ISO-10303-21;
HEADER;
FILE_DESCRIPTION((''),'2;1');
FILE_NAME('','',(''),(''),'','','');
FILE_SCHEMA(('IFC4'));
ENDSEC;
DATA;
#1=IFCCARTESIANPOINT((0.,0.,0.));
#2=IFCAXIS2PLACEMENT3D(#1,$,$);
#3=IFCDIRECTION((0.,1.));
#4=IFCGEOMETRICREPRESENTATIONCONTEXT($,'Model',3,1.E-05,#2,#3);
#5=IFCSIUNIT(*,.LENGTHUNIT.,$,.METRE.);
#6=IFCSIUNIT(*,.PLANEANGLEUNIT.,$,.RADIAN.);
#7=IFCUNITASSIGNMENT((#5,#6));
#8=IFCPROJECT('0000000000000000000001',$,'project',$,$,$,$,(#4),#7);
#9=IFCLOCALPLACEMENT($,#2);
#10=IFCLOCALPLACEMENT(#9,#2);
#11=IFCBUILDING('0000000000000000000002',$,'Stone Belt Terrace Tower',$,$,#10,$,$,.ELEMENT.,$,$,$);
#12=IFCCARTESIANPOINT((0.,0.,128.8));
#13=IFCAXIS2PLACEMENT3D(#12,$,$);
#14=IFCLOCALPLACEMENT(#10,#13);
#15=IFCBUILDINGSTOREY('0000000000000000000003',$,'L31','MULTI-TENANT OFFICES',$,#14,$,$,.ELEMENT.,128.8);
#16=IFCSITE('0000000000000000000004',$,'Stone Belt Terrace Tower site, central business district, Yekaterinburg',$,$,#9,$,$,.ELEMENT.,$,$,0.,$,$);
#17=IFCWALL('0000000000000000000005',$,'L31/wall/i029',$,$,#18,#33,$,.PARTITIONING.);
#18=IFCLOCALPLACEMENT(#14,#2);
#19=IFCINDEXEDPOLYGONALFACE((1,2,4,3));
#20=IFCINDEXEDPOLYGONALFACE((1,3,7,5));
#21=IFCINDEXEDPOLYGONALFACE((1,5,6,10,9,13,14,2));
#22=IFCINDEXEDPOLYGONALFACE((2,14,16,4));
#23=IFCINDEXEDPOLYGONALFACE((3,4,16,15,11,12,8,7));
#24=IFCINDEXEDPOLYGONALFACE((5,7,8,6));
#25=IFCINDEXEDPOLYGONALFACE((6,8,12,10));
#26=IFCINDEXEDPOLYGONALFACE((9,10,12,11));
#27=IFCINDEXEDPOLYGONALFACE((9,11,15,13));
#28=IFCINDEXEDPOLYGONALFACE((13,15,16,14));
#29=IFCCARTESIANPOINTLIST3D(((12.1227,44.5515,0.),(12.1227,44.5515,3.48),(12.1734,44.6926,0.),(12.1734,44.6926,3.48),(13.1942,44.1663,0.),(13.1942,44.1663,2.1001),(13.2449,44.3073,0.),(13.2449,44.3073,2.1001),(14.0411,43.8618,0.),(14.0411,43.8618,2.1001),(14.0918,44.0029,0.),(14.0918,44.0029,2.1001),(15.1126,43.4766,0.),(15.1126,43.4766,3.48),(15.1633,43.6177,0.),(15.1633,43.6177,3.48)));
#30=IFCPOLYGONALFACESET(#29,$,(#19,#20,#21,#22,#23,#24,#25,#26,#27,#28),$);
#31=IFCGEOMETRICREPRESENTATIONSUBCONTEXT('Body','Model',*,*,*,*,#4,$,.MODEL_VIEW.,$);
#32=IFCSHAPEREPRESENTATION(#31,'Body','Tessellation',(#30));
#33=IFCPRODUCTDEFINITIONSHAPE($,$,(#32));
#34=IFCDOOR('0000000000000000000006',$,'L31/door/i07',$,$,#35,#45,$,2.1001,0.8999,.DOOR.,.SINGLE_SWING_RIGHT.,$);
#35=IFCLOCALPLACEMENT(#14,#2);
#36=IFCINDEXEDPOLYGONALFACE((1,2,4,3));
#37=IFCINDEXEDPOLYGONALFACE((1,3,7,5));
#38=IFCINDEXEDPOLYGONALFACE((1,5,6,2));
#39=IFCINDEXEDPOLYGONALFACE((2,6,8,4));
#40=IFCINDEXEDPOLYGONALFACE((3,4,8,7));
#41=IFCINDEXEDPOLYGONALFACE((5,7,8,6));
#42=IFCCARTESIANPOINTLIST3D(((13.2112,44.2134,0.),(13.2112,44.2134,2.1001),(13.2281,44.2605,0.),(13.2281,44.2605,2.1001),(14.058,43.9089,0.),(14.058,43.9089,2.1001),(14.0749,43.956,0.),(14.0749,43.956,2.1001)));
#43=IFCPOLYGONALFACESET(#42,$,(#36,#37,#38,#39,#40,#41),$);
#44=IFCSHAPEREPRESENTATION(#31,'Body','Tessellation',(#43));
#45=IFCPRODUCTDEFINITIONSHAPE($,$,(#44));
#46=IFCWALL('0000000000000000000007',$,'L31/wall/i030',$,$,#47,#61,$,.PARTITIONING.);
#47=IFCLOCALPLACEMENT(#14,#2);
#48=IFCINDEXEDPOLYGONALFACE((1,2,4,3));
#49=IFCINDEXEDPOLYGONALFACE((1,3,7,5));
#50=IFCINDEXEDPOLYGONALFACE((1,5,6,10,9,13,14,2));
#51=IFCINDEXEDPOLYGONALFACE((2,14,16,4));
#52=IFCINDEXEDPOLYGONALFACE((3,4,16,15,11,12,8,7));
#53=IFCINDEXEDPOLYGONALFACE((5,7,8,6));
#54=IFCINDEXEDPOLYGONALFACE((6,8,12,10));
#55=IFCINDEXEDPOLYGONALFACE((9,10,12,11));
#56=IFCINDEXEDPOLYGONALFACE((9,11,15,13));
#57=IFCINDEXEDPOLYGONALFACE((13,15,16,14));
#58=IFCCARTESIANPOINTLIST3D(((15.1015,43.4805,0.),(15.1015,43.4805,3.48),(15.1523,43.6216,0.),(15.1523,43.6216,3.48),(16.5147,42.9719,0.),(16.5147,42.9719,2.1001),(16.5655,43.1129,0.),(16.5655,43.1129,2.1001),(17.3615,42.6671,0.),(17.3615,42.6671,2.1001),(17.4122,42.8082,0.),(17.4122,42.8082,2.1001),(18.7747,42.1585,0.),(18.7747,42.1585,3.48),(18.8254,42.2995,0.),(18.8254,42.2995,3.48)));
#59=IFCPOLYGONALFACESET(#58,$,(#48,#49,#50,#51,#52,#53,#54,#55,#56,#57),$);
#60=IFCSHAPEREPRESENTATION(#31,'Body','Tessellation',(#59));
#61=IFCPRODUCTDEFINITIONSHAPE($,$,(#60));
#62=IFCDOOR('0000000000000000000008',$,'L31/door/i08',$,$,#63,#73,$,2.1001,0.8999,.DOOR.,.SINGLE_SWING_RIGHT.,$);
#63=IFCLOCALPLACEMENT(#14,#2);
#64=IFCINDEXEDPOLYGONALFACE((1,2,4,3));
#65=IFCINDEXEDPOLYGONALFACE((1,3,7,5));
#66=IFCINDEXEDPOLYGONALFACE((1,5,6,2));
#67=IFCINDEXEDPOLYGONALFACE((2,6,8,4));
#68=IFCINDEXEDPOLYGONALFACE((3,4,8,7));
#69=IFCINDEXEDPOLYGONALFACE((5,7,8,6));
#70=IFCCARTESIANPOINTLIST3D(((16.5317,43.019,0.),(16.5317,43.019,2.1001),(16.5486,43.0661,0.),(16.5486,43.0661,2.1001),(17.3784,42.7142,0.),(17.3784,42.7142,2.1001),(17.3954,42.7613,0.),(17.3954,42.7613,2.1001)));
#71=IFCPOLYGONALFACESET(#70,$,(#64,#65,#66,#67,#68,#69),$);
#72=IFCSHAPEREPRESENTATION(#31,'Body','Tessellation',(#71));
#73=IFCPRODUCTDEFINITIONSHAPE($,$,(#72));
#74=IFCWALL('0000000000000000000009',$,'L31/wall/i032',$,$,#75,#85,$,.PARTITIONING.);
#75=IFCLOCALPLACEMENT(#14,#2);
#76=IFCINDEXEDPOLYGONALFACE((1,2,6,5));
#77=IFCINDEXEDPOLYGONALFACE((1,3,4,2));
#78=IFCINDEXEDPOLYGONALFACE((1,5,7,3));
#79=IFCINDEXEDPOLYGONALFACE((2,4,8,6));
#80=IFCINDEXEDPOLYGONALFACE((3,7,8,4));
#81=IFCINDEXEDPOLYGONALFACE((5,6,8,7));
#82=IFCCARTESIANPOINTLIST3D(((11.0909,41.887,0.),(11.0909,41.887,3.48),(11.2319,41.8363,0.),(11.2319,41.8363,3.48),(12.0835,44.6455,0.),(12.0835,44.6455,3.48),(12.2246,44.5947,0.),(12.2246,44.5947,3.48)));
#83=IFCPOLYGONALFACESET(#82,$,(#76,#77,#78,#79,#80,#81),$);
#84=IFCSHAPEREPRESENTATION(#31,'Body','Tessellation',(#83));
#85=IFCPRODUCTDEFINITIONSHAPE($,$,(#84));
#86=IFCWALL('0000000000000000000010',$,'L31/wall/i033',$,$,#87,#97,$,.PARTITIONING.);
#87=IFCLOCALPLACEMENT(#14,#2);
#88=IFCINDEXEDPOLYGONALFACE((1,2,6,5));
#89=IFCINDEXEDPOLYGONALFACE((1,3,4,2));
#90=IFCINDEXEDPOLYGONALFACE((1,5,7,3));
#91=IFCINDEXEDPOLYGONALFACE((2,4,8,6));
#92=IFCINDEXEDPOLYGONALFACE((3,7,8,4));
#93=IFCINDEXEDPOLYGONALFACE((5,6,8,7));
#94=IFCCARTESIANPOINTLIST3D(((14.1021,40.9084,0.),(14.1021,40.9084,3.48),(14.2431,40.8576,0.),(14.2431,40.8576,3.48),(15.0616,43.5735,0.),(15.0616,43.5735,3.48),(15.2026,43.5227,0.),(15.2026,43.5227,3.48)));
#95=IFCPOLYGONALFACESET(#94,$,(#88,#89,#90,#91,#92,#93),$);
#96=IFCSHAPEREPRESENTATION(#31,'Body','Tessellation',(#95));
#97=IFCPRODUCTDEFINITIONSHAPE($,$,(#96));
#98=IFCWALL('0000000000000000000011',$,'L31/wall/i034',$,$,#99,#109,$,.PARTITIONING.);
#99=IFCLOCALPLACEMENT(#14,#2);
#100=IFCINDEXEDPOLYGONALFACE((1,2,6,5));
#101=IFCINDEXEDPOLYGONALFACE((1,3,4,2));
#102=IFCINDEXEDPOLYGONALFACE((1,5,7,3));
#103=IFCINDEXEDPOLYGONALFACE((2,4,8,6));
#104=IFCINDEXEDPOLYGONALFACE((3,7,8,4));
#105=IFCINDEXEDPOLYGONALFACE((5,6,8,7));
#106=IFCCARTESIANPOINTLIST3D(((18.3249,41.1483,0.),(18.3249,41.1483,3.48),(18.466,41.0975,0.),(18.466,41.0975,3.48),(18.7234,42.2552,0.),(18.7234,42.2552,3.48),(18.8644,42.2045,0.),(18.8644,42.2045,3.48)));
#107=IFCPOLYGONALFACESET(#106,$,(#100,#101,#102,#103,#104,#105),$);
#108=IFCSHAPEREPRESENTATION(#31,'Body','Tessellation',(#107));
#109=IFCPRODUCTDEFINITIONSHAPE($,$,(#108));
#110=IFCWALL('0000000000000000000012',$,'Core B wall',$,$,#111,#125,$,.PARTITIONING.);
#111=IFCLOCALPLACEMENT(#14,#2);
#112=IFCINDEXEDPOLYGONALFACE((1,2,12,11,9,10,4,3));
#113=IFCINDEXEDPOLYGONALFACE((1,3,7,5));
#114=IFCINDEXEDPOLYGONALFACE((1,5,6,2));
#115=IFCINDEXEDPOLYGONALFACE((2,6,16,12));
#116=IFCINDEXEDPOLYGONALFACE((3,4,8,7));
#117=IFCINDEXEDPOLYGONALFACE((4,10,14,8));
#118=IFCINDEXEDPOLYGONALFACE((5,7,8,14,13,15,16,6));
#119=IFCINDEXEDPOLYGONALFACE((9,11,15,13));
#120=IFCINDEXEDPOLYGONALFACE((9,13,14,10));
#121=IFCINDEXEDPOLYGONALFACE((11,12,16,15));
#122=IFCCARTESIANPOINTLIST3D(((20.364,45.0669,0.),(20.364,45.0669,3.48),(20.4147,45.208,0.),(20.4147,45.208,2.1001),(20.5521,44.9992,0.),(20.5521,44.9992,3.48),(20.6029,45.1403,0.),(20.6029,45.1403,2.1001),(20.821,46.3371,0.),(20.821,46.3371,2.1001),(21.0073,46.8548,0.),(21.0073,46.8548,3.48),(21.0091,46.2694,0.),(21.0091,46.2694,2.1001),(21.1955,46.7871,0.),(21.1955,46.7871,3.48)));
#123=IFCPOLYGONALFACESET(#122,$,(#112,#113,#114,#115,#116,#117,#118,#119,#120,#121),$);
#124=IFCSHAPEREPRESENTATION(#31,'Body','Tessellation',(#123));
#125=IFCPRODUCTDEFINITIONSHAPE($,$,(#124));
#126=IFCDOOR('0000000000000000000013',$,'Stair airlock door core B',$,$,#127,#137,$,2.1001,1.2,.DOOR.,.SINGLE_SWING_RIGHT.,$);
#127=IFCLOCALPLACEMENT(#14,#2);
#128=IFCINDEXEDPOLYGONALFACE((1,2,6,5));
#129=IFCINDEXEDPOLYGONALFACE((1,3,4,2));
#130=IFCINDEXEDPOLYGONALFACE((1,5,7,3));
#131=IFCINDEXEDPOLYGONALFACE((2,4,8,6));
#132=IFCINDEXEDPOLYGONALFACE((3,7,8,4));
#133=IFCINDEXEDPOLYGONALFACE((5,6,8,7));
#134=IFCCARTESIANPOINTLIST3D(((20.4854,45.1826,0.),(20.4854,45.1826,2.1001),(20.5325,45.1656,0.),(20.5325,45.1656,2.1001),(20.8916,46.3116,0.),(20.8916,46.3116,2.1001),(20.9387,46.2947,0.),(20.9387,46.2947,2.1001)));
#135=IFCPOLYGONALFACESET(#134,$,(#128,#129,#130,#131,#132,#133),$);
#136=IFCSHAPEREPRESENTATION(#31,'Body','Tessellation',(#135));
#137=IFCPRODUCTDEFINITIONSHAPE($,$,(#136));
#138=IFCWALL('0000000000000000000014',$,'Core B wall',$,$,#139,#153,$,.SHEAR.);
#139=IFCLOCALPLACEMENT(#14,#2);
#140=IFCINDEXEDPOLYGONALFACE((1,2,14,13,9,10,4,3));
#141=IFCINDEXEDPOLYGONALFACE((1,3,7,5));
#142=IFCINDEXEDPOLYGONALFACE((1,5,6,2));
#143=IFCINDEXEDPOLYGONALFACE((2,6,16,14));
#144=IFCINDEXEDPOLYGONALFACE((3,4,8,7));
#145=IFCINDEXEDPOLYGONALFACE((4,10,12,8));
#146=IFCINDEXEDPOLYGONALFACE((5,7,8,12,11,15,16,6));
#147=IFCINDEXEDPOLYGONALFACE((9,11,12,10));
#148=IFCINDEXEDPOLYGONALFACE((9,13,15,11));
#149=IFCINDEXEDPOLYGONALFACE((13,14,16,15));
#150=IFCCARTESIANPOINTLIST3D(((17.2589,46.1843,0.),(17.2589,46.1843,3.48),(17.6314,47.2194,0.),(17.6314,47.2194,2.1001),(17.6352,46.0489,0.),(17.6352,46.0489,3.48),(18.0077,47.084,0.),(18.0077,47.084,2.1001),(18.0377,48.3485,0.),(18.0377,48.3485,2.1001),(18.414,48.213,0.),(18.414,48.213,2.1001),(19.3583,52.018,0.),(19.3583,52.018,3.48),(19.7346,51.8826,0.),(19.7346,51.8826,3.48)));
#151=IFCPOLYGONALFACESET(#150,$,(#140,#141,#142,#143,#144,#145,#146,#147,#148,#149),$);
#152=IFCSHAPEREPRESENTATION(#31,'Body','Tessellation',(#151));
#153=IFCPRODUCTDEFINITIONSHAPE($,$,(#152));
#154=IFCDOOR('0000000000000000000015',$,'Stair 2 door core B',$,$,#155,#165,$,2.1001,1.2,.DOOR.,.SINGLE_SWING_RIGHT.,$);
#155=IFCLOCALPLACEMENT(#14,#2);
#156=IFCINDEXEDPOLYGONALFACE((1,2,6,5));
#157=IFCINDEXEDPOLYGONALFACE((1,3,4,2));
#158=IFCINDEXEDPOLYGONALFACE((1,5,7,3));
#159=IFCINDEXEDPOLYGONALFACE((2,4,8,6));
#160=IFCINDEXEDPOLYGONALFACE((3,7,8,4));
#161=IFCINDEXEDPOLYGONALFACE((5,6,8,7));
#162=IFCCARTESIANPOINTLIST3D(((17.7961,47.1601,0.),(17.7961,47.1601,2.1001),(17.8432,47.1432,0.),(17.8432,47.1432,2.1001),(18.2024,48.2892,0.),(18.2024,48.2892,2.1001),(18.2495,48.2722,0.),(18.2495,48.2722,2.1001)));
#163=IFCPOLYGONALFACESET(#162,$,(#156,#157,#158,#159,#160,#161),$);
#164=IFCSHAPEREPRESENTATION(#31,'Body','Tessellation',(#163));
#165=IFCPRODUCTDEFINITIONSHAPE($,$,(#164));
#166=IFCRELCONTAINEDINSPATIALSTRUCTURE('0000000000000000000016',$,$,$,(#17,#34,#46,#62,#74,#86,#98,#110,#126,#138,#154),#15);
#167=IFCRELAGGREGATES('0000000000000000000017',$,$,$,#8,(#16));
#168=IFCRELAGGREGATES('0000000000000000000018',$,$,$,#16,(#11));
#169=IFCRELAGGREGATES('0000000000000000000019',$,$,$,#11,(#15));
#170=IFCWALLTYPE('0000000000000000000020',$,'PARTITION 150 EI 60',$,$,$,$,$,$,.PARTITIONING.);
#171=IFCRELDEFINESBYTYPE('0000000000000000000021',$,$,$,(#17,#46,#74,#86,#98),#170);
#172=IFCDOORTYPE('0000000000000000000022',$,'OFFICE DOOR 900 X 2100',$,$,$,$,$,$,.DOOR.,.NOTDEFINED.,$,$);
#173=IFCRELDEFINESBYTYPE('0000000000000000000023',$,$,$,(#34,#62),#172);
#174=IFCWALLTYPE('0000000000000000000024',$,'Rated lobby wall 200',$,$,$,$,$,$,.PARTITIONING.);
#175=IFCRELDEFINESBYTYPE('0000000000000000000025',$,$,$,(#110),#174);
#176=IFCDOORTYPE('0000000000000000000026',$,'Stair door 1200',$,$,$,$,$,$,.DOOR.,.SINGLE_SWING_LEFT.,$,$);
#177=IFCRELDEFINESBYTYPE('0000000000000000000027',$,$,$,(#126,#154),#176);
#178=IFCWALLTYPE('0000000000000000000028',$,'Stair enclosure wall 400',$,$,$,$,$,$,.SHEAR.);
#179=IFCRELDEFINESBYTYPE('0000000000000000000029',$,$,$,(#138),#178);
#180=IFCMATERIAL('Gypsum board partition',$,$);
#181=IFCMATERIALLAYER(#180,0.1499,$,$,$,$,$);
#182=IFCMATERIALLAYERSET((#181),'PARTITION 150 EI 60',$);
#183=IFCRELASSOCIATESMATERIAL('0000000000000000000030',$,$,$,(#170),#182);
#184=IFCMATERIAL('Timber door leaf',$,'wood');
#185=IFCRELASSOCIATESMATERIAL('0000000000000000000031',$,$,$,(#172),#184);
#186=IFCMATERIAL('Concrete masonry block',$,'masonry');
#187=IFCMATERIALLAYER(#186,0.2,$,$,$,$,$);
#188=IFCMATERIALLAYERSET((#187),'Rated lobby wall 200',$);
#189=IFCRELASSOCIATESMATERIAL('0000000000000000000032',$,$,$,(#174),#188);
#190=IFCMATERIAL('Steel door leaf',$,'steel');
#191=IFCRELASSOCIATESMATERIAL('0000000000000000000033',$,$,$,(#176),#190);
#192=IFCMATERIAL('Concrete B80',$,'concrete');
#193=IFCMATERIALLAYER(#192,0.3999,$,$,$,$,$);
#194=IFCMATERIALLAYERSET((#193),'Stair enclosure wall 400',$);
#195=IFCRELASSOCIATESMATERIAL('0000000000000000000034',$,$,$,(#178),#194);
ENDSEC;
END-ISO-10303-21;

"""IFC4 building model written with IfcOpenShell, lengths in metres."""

from ifc_helpers import new_model, si_unit, direction, frame, frame_2d, origin, place, context, subcontext, project, spatial, rectangle, extrude, material, layer, layer_set, type_object, element, fill, save


model = new_model("IFC4")

# Units and contexts
model_context = context("Model", 3, precision=1e-05, world=origin(), true_north=direction((0.0, 1.0)))
body_context = subcontext(model_context, "Body", "Model", "MODEL_VIEW")
ifc_project = project(units=[si_unit("LENGTHUNIT", "METRE"), si_unit("PLANEANGLEUNIT", "RADIAN")], contexts=[model_context])

# Site, building, storey
site_placement = place(None, origin())
site = spatial("IfcSite", under=ifc_project, at=site_placement, Name="Stone Belt Terrace Tower site, central business district, Yekaterinburg", CompositionType="ELEMENT", RefElevation=0.0)
building_placement = place(site_placement, origin())
building = spatial("IfcBuilding", under=site, at=building_placement, Name="Stone Belt Terrace Tower", CompositionType="ELEMENT")
storey_placement = place(building_placement, frame((0.0, 0.0, 128.8)))
storey = spatial("IfcBuildingStorey", under=building, at=storey_placement, Name="L31", Description="MULTI-TENANT OFFICES", CompositionType="ELEMENT", Elevation=128.8)

# Shared definitions
ifc_material_1 = material(Name="Concrete B80", Category="concrete")

# Shared definitions
ifc_material_2 = material(Name="Gypsum board partition")
ifc_layer_1 = layer(ifc_material_2, 0.1499)
ifc_layer_set_1 = layer_set([ifc_layer_1], Name="PARTITION 150 EI 60")
wall_type_1 = type_object("IfcWallType", Name="PARTITION 150 EI 60", PredefinedType="PARTITIONING", material=ifc_layer_set_1)

# Walls, openings, doors
ifc_material_3 = material(Name="Timber door leaf", Category="wood")
door_type_1 = type_object("IfcDoorType", Name="OFFICE DOOR 900 X 2100", OperationType="NOTDEFINED", PredefinedType="DOOR", material=ifc_material_3)
wall_1_placement = place(storey_placement, frame((15.1379, 43.5471, 0.0), z_axis=(0.0, 0.0, 1.0), x_axis=(-0.941032, 0.338317, 0.0)))
wall_1 = element("IfcWall", 1, at=wall_1_placement, inside=storey, type_object=wall_type_1, Name="L31/wall/i029", PredefinedType="PARTITIONING", context=body_context, shape_type="SweptSolid", body=[
    extrude(rectangle(XDim=3.1772, YDim=0.1499, at=frame_2d((1.5886, 0.0))), origin(), (0.0, 0.0, 1.0), 3.48),
])
opening_1_placement = place(wall_1_placement, frame((1.1387, 0.0, 0.0)))
opening_1 = element("IfcOpeningElement", 2, at=opening_1_placement, cuts=wall_1, PredefinedType="OPENING", context=body_context, shape_type="SweptSolid", body=[
    extrude(rectangle(XDim=0.8999, YDim=2.1001, at=frame_2d((0.45, 1.05))), frame((0.0, 0.085, 0.0), z_axis=(0.0, -1.0, 0.0), x_axis=(1.0, 0.0, 0.0)), (0.0, 0.0, 1.0), 0.1699),
])
door_1_placement = place(opening_1_placement, origin())
door_1 = element("IfcDoor", 3, at=door_1_placement, inside=storey, type_object=door_type_1, Name="L31/door/i07", OperationType="SINGLE_SWING_RIGHT", OverallHeight=2.1001, OverallWidth=0.8999, PredefinedType="DOOR", context=body_context, shape_type="SweptSolid", body=[
    extrude(rectangle(XDim=0.8999, YDim=2.1001, at=frame_2d((0.45, 1.05))), frame((0.0, 0.0249, 0.0), z_axis=(0.0, -1.0, 0.0), x_axis=(1.0, 0.0, 0.0)), (0.0, 0.0, 1.0), 0.05),
])
fill(opening_1, door_1)
wall_2_placement = place(storey_placement, frame((18.8, 42.229, 0.0), z_axis=(0.0, 0.0, 1.0), x_axis=(-0.940911, 0.338653, 0.0)))
wall_2 = element("IfcWall", 4, at=wall_2_placement, inside=storey, type_object=wall_type_1, Name="L31/wall/i030", PredefinedType="PARTITIONING", context=body_context, shape_type="SweptSolid", body=[
    extrude(rectangle(XDim=3.9038, YDim=0.1499, at=frame_2d((1.9519, 0.0))), origin(), (0.0, 0.0, 1.0), 3.48),
])
opening_2_placement = place(wall_2_placement, frame((1.502, 0.0, 0.0)))
opening_2 = element("IfcOpeningElement", 5, at=opening_2_placement, cuts=wall_2, PredefinedType="OPENING", context=body_context, shape_type="SweptSolid", body=[
    extrude(rectangle(XDim=0.8999, YDim=2.1001, at=frame_2d((0.45, 1.05))), frame((0.0, 0.085, 0.0), z_axis=(0.0, -1.0, 0.0), x_axis=(1.0, 0.0, 0.0)), (0.0, 0.0, 1.0), 0.1699),
])
door_2_placement = place(opening_2_placement, origin())
door_2 = element("IfcDoor", 6, at=door_2_placement, inside=storey, type_object=door_type_1, Name="L31/door/i08", OperationType="SINGLE_SWING_RIGHT", OverallHeight=2.1001, OverallWidth=0.8999, PredefinedType="DOOR", context=body_context, shape_type="SweptSolid", body=[
    extrude(rectangle(XDim=0.8999, YDim=2.1001, at=frame_2d((0.45, 1.05))), frame((0.0, 0.0249, 0.0), z_axis=(0.0, -1.0, 0.0), x_axis=(1.0, 0.0, 0.0)), (0.0, 0.0, 1.0), 0.05),
])
fill(opening_2, door_2)

# Walls
wall_3_placement = place(storey_placement, frame((12.1541, 44.6201, 0.0), z_axis=(0.0, 0.0, 1.0), x_axis=(-0.338599, -0.940931, 0.0)))
element("IfcWall", 7, at=wall_3_placement, inside=storey, type_object=wall_type_1, Name="L31/wall/i032", PredefinedType="PARTITIONING", context=body_context, shape_type="SweptSolid", body=[
    extrude(rectangle(XDim=2.9316, YDim=0.1499, at=frame_2d((1.4658, 0.0))), origin(), (0.0, 0.0, 1.0), 3.48),
])
wall_4_placement = place(storey_placement, frame((15.1321, 43.5481, 0.0), z_axis=(0.0, 0.0, 1.0), x_axis=(-0.338738, -0.940881, 0.0)))
element("IfcWall", 8, at=wall_4_placement, inside=storey, type_object=wall_type_1, Name="L31/wall/i033", PredefinedType="PARTITIONING", context=body_context, shape_type="SweptSolid", body=[
    extrude(rectangle(XDim=2.8325, YDim=0.1499, at=frame_2d((1.4163, 0.0))), origin(), (0.0, 0.0, 1.0), 3.48),
])
wall_5_placement = place(storey_placement, frame((18.7939, 42.23, 0.0), z_axis=(0.0, 0.0, 1.0), x_axis=(-0.338675, -0.940903, 0.0)))
element("IfcWall", 9, at=wall_5_placement, inside=storey, type_object=wall_type_1, Name="L31/wall/i034", PredefinedType="PARTITIONING", context=body_context, shape_type="SweptSolid", body=[
    extrude(rectangle(XDim=1.1765, YDim=0.1499, at=frame_2d((0.5884, 0.0))), origin(), (0.0, 0.0, 1.0), 3.48),
])

# Walls, openings, doors
ifc_material_4 = material(Name="Concrete masonry block", Category="masonry")
ifc_layer_2 = layer(ifc_material_4, 0.2)
ifc_layer_set_2 = layer_set([ifc_layer_2], Name="Rated lobby wall 200")
wall_type_2 = type_object("IfcWallType", Name="Rated lobby wall 200", PredefinedType="PARTITIONING", material=ifc_layer_set_2)
wall_6_placement = place(storey_placement, frame((20.458, 45.033, 0.0), z_axis=(0.0, 0.0, 1.0), x_axis=(0.338574, 0.94094, 0.0)))
wall_6 = element("IfcWall", 10, at=wall_6_placement, inside=storey, type_object=wall_type_2, Name="Core B wall", PredefinedType="PARTITIONING", context=body_context, shape_type="SweptSolid", body=[
    extrude(rectangle(XDim=1.9001, YDim=0.2, at=frame_2d((0.9502, 0.0))), origin(), (0.0, 0.0, 1.0), 3.48),
])
opening_3_placement = place(wall_6_placement, frame((0.1499, 0.0, 0.0)))
opening_3 = element("IfcOpeningElement", 11, at=opening_3_placement, cuts=wall_6, PredefinedType="OPENING", context=body_context, shape_type="SweptSolid", body=[
    extrude(rectangle(XDim=1.2, YDim=2.1001, at=frame_2d((0.6001, 1.05))), frame((0.0, 0.1099, 0.0), z_axis=(0.0, -1.0, 0.0), x_axis=(1.0, 0.0, 0.0)), (0.0, 0.0, 1.0), 0.22),
])
ifc_material_5 = material(Name="Steel door leaf", Category="steel")
door_type_2 = type_object("IfcDoorType", Name="Stair door 1200", OperationType="SINGLE_SWING_LEFT", PredefinedType="DOOR", material=ifc_material_5)
door_3_placement = place(opening_3_placement, origin())
door_3 = element("IfcDoor", 12, at=door_3_placement, inside=storey, type_object=door_type_2, Name="Stair airlock door core B", OperationType="SINGLE_SWING_RIGHT", OverallHeight=2.1001, OverallWidth=1.2, PredefinedType="DOOR", context=body_context, shape_type="SweptSolid", body=[
    extrude(rectangle(XDim=1.2, YDim=2.1001, at=frame_2d((0.6001, 1.05))), frame((0.0, 0.0249, 0.0), z_axis=(0.0, -1.0, 0.0), x_axis=(1.0, 0.0, 0.0)), (0.0, 0.0, 1.0), 0.05),
])
fill(opening_3, door_3)
ifc_layer_3 = layer(ifc_material_1, 0.3999)
ifc_layer_set_3 = layer_set([ifc_layer_3], Name="Stair enclosure wall 400")
wall_type_3 = type_object("IfcWallType", Name="Stair enclosure wall 400", PredefinedType="SHEAR", material=ifc_layer_set_3)
wall_7_placement = place(storey_placement, frame((17.447, 46.1165, 0.0), z_axis=(0.0, 0.0, 1.0), x_axis=(0.338608, 0.940928, 0.0)))
wall_7 = element("IfcWall", 13, at=wall_7_placement, inside=storey, type_object=wall_type_3, Name="Core B wall", PredefinedType="SHEAR", context=body_context, shape_type="SweptSolid", body=[
    extrude(rectangle(XDim=6.2, YDim=0.3999, at=frame_2d((3.1001, 0.0))), origin(), (0.0, 0.0, 1.0), 3.48),
])
opening_4_placement = place(wall_7_placement, frame((1.1001, 0.0, 0.0)))
opening_4 = element("IfcOpeningElement", 14, at=opening_4_placement, cuts=wall_7, PredefinedType="OPENING", context=body_context, shape_type="SweptSolid", body=[
    extrude(rectangle(XDim=1.2, YDim=2.1001, at=frame_2d((0.6001, 1.05))), frame((0.0, 0.21, 0.0), z_axis=(0.0, -1.0, 0.0), x_axis=(1.0, 0.0, 0.0)), (0.0, 0.0, 1.0), 0.4199),
])
door_4_placement = place(opening_4_placement, origin())
door_4 = element("IfcDoor", 15, at=door_4_placement, inside=storey, type_object=door_type_2, Name="Stair 2 door core B", OperationType="SINGLE_SWING_RIGHT", OverallHeight=2.1001, OverallWidth=1.2, PredefinedType="DOOR", context=body_context, shape_type="SweptSolid", body=[
    extrude(rectangle(XDim=1.2, YDim=2.1001, at=frame_2d((0.6001, 1.05))), frame((0.0, 0.0249, 0.0), z_axis=(0.0, -1.0, 0.0), x_axis=(1.0, 0.0, 0.0)), (0.0, 0.0, 1.0), 0.05),
])
fill(opening_4, door_4)

save(model, "model.ifc")
